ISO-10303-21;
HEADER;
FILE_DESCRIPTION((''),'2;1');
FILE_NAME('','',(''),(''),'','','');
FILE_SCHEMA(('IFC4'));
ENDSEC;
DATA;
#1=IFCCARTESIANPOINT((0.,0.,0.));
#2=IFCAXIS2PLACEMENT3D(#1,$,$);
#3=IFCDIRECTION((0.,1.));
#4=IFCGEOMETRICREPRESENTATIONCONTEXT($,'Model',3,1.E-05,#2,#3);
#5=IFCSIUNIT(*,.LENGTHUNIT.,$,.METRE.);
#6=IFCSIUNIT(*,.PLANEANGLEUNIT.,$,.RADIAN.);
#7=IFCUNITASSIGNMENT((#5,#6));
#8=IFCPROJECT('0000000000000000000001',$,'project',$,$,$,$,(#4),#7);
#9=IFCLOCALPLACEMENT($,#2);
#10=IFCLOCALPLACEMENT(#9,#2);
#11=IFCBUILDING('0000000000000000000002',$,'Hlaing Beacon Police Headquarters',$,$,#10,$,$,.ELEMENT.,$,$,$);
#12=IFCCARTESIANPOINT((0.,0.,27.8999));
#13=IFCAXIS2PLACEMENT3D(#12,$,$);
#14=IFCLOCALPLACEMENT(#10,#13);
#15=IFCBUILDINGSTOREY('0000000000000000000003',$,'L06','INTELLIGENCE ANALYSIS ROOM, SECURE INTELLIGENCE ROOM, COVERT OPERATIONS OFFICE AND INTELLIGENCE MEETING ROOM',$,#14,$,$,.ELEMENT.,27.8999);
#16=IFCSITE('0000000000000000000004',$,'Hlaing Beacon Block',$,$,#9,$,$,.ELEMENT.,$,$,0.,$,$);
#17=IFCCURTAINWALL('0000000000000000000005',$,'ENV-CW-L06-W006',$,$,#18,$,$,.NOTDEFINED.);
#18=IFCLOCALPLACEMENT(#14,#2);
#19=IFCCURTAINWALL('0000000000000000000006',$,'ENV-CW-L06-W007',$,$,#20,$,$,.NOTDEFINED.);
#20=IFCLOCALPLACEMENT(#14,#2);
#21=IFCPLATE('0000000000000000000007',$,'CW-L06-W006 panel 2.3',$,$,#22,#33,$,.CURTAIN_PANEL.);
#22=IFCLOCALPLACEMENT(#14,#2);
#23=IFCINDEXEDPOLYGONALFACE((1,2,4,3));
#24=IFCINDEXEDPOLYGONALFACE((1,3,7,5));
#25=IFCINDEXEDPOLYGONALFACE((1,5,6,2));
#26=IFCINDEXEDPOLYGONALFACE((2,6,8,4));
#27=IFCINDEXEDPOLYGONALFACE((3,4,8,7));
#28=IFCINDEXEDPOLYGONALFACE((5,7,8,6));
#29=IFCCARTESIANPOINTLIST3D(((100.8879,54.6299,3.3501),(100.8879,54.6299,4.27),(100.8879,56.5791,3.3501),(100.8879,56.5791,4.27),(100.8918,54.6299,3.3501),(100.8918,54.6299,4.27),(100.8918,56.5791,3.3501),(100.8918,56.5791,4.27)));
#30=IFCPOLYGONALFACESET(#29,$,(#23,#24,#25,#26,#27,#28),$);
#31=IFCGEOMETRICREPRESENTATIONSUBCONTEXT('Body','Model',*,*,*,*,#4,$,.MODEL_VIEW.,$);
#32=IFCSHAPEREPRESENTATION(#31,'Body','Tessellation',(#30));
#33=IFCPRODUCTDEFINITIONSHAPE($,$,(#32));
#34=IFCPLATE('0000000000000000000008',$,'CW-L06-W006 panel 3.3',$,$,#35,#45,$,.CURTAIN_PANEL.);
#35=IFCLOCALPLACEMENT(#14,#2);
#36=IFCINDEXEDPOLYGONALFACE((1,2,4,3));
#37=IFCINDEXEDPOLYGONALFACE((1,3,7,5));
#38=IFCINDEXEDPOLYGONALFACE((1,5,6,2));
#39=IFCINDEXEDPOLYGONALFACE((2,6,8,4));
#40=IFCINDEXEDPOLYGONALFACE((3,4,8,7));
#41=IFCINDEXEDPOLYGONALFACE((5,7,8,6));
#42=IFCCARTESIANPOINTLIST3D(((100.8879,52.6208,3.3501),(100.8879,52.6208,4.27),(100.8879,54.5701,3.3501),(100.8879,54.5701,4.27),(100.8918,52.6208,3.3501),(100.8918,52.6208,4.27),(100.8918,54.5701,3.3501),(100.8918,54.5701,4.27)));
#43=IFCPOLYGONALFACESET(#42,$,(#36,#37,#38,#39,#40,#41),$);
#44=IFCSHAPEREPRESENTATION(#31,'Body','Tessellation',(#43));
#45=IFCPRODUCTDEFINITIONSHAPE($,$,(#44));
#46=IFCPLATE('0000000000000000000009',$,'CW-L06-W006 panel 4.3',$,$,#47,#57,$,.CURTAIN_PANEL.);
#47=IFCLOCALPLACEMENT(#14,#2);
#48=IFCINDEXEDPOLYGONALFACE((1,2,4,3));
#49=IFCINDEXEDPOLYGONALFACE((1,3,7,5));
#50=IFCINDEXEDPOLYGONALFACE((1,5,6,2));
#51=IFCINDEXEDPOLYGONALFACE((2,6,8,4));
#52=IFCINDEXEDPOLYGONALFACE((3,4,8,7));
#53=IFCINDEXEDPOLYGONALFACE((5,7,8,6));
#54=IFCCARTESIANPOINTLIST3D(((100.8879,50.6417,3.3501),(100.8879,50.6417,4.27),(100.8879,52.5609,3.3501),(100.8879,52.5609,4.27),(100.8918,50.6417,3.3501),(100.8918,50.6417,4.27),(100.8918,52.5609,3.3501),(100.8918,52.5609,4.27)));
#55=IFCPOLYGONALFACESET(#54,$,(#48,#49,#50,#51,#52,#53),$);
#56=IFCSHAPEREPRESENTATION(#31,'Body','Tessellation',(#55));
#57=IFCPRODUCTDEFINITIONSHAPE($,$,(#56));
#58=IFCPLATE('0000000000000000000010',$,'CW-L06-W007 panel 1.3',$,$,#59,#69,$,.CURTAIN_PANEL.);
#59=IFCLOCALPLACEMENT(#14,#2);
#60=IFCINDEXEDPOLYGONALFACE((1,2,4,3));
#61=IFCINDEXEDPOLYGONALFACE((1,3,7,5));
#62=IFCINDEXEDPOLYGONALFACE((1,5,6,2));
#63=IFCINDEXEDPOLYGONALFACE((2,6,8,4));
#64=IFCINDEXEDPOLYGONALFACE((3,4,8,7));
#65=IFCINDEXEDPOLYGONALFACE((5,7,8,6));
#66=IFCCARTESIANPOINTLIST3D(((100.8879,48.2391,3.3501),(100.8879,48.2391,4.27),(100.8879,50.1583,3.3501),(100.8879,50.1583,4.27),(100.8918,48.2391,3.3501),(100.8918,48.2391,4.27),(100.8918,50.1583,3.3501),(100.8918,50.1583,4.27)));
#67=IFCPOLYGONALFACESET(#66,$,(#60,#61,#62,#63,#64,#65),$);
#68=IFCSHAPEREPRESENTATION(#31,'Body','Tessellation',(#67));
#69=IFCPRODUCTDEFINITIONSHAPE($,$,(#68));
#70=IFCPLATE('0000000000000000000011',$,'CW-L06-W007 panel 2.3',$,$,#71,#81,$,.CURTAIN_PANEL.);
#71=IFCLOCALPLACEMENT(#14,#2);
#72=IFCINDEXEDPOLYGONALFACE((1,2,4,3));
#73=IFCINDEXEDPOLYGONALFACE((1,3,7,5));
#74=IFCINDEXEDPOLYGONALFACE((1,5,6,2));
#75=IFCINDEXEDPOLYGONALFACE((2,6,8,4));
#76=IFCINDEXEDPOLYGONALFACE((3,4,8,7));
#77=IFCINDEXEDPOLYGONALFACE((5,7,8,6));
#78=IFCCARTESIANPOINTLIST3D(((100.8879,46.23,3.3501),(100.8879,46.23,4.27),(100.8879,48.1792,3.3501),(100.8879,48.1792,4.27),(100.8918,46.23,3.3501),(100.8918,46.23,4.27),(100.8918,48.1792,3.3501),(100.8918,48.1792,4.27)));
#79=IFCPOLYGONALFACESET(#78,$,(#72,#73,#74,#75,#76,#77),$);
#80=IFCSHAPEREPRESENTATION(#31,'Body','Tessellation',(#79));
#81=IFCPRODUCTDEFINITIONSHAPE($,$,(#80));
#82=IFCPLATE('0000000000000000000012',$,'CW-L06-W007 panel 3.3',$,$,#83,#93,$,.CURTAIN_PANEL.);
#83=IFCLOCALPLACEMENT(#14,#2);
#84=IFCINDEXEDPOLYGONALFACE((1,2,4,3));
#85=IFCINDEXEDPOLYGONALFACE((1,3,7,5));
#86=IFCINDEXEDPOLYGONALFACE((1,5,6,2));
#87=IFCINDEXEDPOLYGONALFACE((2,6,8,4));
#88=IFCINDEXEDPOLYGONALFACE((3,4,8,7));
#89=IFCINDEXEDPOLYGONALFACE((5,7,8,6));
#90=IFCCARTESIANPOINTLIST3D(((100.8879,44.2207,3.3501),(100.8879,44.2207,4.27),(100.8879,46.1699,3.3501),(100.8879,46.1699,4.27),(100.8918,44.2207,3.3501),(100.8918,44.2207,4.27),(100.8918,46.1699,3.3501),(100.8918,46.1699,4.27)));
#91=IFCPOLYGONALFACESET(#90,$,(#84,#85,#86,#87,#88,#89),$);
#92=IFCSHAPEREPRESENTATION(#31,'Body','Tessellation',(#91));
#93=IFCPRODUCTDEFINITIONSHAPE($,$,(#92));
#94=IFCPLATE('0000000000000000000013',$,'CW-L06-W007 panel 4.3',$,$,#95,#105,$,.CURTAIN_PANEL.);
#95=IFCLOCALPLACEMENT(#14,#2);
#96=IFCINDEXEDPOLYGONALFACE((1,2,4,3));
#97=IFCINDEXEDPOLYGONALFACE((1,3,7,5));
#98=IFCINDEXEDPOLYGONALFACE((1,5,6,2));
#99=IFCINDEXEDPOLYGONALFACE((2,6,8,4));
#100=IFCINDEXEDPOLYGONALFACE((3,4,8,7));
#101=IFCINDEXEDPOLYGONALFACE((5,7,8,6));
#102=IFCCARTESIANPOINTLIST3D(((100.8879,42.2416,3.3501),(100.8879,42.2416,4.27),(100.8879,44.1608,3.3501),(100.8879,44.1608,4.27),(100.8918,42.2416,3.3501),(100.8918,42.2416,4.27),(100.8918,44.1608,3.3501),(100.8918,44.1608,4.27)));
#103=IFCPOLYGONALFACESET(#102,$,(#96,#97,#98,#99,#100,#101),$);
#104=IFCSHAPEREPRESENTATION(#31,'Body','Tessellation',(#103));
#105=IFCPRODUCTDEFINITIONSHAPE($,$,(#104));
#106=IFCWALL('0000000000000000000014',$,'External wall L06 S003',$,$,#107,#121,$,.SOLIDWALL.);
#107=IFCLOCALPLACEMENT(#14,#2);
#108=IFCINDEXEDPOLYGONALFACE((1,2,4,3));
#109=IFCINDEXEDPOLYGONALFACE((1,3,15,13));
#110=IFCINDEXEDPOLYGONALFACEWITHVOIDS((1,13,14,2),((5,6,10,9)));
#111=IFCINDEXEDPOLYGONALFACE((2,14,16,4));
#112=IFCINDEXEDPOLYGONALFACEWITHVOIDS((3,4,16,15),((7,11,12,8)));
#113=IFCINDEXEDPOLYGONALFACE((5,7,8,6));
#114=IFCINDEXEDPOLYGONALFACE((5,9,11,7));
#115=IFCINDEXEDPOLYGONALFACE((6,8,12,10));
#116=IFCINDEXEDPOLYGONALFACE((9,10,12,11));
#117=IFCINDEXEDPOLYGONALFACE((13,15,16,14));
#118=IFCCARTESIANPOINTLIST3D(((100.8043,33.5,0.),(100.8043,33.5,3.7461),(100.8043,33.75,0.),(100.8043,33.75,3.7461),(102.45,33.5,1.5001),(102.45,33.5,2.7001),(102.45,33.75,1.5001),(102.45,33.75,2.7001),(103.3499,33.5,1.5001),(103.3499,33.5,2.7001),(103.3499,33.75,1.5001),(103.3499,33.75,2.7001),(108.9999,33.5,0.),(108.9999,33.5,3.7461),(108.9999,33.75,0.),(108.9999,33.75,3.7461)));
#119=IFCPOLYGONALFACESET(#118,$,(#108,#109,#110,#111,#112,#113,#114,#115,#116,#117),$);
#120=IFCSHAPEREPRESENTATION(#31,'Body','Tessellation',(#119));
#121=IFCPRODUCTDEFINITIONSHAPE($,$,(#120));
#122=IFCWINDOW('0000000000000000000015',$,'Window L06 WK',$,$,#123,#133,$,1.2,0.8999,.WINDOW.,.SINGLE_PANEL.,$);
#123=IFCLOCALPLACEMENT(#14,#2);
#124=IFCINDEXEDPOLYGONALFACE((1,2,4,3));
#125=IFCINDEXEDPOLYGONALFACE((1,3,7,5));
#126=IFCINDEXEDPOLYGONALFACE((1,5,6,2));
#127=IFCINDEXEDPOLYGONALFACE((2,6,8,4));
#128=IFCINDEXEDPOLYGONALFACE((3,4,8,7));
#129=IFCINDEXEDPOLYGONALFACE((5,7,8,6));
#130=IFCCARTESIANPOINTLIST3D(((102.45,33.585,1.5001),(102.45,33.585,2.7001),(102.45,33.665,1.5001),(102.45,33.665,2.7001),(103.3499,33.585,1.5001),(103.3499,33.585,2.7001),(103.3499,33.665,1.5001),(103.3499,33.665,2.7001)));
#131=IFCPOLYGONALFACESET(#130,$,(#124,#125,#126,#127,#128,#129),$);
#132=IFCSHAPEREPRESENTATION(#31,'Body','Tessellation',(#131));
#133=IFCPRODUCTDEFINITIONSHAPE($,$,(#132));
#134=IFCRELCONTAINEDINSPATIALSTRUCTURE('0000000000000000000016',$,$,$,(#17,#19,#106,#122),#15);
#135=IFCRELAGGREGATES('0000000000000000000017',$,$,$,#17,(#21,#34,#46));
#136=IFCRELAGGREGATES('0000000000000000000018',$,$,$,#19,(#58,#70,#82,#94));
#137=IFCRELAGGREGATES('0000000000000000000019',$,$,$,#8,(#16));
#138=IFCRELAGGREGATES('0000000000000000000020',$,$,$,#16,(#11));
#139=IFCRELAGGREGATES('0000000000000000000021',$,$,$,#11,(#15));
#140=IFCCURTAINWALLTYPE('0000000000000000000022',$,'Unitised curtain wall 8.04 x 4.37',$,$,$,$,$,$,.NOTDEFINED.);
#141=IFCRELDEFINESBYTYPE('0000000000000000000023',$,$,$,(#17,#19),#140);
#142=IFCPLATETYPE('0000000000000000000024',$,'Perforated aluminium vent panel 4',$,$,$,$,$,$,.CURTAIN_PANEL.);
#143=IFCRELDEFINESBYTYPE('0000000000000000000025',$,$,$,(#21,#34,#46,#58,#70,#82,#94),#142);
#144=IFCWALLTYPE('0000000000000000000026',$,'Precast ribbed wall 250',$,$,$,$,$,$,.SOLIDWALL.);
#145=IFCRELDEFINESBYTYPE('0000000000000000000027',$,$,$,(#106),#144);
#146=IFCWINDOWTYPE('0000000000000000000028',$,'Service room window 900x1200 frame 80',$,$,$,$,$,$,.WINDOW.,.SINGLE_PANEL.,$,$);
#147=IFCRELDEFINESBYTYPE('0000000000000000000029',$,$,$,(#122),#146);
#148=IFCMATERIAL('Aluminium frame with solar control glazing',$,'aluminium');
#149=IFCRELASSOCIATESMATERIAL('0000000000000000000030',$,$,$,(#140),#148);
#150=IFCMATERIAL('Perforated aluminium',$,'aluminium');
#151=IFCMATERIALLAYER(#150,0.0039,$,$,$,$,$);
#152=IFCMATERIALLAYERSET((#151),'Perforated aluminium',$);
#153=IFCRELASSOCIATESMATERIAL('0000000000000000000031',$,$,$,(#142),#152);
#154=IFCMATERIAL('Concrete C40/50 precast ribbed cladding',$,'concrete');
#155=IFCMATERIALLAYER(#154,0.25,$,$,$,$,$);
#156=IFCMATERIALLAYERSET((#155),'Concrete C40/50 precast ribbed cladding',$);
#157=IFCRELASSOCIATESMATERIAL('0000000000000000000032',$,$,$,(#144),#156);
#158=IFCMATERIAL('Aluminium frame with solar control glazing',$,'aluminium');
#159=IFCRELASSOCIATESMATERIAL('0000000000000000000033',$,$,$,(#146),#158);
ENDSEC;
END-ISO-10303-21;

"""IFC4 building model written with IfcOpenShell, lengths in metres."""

from ifc_helpers import new_model, si_unit, direction, frame, frame_2d, origin, origin_2d, place, context, subcontext, project, spatial, rectangle, extrude, material, layer, layer_set, type_object, element, fill, aggregate, save


model = new_model("IFC4")

# Units and contexts
model_context = context("Model", 3, precision=1e-05, world=origin(), true_north=direction((0.0, 1.0)))
body_context = subcontext(model_context, "Body", "Model", "MODEL_VIEW")
ifc_project = project(units=[si_unit("LENGTHUNIT", "METRE"), si_unit("PLANEANGLEUNIT", "RADIAN")], contexts=[model_context])

# Site, building, storey
site_placement = place(None, origin())
site = spatial("IfcSite", under=ifc_project, at=site_placement, Name="Hlaing Beacon Block", CompositionType="ELEMENT", RefElevation=0.0)
building_placement = place(site_placement, origin())
building = spatial("IfcBuilding", under=site, at=building_placement, Name="Hlaing Beacon Police Headquarters", CompositionType="ELEMENT")
storey_placement = place(building_placement, frame((0.0, 0.0, 27.8999)))
storey = spatial("IfcBuildingStorey", under=building, at=storey_placement, Name="L06", Description="INTELLIGENCE ANALYSIS ROOM, SECURE INTELLIGENCE ROOM, COVERT OPERATIONS OFFICE AND INTELLIGENCE MEETING ROOM", CompositionType="ELEMENT", Elevation=27.8999)

# Shared definitions
ifc_material_1 = material(Name="Aluminium frame with solar control glazing", Category="aluminium")
curtain_wall_type = type_object("IfcCurtainWallType", Name="Unitised curtain wall 8.04 x 4.37", PredefinedType="NOTDEFINED", material=ifc_material_1)

# Curtain walls
curtain_wall_1_placement = place(storey_placement, origin())
curtain_wall_1 = element("IfcCurtainWall", 1, at=curtain_wall_1_placement, inside=storey, type_object=curtain_wall_type, Name="ENV-CW-L06-W006", PredefinedType="NOTDEFINED")
curtain_wall_2_placement = place(storey_placement, origin())
curtain_wall_2 = element("IfcCurtainWall", 2, at=curtain_wall_2_placement, inside=storey, type_object=curtain_wall_type, Name="ENV-CW-L06-W007", PredefinedType="NOTDEFINED")

# Plates
ifc_material_2 = material(Name="Perforated aluminium", Category="aluminium")
ifc_layer_1 = layer(ifc_material_2, 0.0039)
ifc_layer_set_1 = layer_set([ifc_layer_1], Name="Perforated aluminium")
plate_type_1 = type_object("IfcPlateType", Name="Perforated aluminium vent panel 4", PredefinedType="CURTAIN_PANEL", material=ifc_layer_set_1)
plate_1_placement = place(storey_placement, frame((100.8899, 55.6045, 3.3501), z_axis=(0.0, 0.0, 1.0), x_axis=(0.0, -1.0, 0.0)))
plate_1 = element("IfcPlate", 3, at=plate_1_placement, type_object=plate_type_1, Name="CW-L06-W006 panel 2.3", PredefinedType="CURTAIN_PANEL", context=body_context, shape_type="SweptSolid", body=[
    extrude(rectangle(XDim=1.9492, YDim=0.0039, at=origin_2d()), origin(), (0.0, 0.0, 1.0), 0.9199),
])
plate_2_placement = place(storey_placement, frame((100.8899, 53.5955, 3.3501), z_axis=(0.0, 0.0, 1.0), x_axis=(0.0, -1.0, 0.0)))
plate_2 = element("IfcPlate", 4, at=plate_2_placement, type_object=plate_type_1, Name="CW-L06-W006 panel 3.3", PredefinedType="CURTAIN_PANEL", context=body_context, shape_type="SweptSolid", body=[
    extrude(rectangle(XDim=1.9492, YDim=0.0039, at=origin_2d()), origin(), (0.0, 0.0, 1.0), 0.9199),
])
plate_3_placement = place(storey_placement, frame((100.8899, 51.6013, 3.3501), z_axis=(0.0, 0.0, 1.0), x_axis=(0.0, -1.0, 0.0)))
plate_3 = element("IfcPlate", 5, at=plate_3_placement, type_object=plate_type_1, Name="CW-L06-W006 panel 4.3", PredefinedType="CURTAIN_PANEL", context=body_context, shape_type="SweptSolid", body=[
    extrude(rectangle(XDim=1.9192, YDim=0.0039, at=origin_2d()), origin(), (0.0, 0.0, 1.0), 0.9199),
])
aggregate(curtain_wall_1, [plate_1, plate_2, plate_3])
plate_4_placement = place(storey_placement, frame((100.8899, 49.1987, 3.3501), z_axis=(0.0, 0.0, 1.0), x_axis=(0.0, -1.0, 0.0)))
plate_4 = element("IfcPlate", 6, at=plate_4_placement, type_object=plate_type_1, Name="CW-L06-W007 panel 1.3", PredefinedType="CURTAIN_PANEL", context=body_context, shape_type="SweptSolid", body=[
    extrude(rectangle(XDim=1.9192, YDim=0.0039, at=origin_2d()), origin(), (0.0, 0.0, 1.0), 0.9199),
])
plate_5_placement = place(storey_placement, frame((100.8899, 47.2046, 3.3501), z_axis=(0.0, 0.0, 1.0), x_axis=(0.0, -1.0, 0.0)))
plate_5 = element("IfcPlate", 7, at=plate_5_placement, type_object=plate_type_1, Name="CW-L06-W007 panel 2.3", PredefinedType="CURTAIN_PANEL", context=body_context, shape_type="SweptSolid", body=[
    extrude(rectangle(XDim=1.9492, YDim=0.0039, at=origin_2d()), origin(), (0.0, 0.0, 1.0), 0.9199),
])
plate_6_placement = place(storey_placement, frame((100.8899, 45.1953, 3.3501), z_axis=(0.0, 0.0, 1.0), x_axis=(0.0, -1.0, 0.0)))
plate_6 = element("IfcPlate", 8, at=plate_6_placement, type_object=plate_type_1, Name="CW-L06-W007 panel 3.3", PredefinedType="CURTAIN_PANEL", context=body_context, shape_type="SweptSolid", body=[
    extrude(rectangle(XDim=1.9492, YDim=0.0039, at=origin_2d()), origin(), (0.0, 0.0, 1.0), 0.9199),
])
plate_7_placement = place(storey_placement, frame((100.8899, 43.2012, 3.3501), z_axis=(0.0, 0.0, 1.0), x_axis=(0.0, -1.0, 0.0)))
plate_7 = element("IfcPlate", 9, at=plate_7_placement, type_object=plate_type_1, Name="CW-L06-W007 panel 4.3", PredefinedType="CURTAIN_PANEL", context=body_context, shape_type="SweptSolid", body=[
    extrude(rectangle(XDim=1.9192, YDim=0.0039, at=origin_2d()), origin(), (0.0, 0.0, 1.0), 0.9199),
])
aggregate(curtain_wall_2, [plate_4, plate_5, plate_6, plate_7])

# Wall, opening, window
ifc_material_3 = material(Name="Concrete C40/50 precast ribbed cladding", Category="concrete")
ifc_layer_2 = layer(ifc_material_3, 0.25)
ifc_layer_set_2 = layer_set([ifc_layer_2], Name="Concrete C40/50 precast ribbed cladding")
wall_type = type_object("IfcWallType", Name="Precast ribbed wall 250", PredefinedType="SOLIDWALL", material=ifc_layer_set_2)
wall_placement = place(storey_placement, frame((100.8044, 33.625, 0.0), z_axis=(0.0, 0.0, 1.0), x_axis=(1.0, 0.0, 0.0)))
wall = element("IfcWall", 10, at=wall_placement, inside=storey, type_object=wall_type, Name="External wall L06 S003", PredefinedType="SOLIDWALL", context=body_context, shape_type="SweptSolid", body=[
    extrude(rectangle(XDim=8.1956, YDim=0.25, at=frame_2d((4.0977, 0.0))), origin(), (0.0, 0.0, 1.0), 3.7461),
])
opening_placement = place(wall_placement, frame((1.6455, 0.0, 1.5)))
opening = element("IfcOpeningElement", 11, at=opening_placement, cuts=wall, PredefinedType="OPENING", context=body_context, shape_type="SweptSolid", body=[
    extrude(rectangle(XDim=0.8999, YDim=1.2, at=frame_2d((0.45, 0.6001))), frame((0.0, 0.135, 0.0), z_axis=(0.0, -1.0, 0.0), x_axis=(1.0, 0.0, 0.0)), (0.0, 0.0, 1.0), 0.27),
])
ifc_material_4 = material(Name="Aluminium frame with solar control glazing", Category="aluminium")
window_type = type_object("IfcWindowType", Name="Service room window 900x1200 frame 80", PartitioningType="SINGLE_PANEL", PredefinedType="WINDOW", material=ifc_material_4)
window_placement = place(opening_placement, origin())
window = element("IfcWindow", 12, at=window_placement, inside=storey, type_object=window_type, Name="Window L06 WK", OverallHeight=1.2, OverallWidth=0.8999, PartitioningType="SINGLE_PANEL", PredefinedType="WINDOW", context=body_context, shape_type="SweptSolid", body=[
    extrude(rectangle(XDim=0.8999, YDim=1.2, at=frame_2d((0.45, 0.6001))), frame((0.0, 0.04, 0.0), z_axis=(0.0, -1.0, 0.0), x_axis=(1.0, 0.0, 0.0)), (0.0, 0.0, 1.0), 0.0801),
])
fill(opening, window)

save(model, "model.ifc")
